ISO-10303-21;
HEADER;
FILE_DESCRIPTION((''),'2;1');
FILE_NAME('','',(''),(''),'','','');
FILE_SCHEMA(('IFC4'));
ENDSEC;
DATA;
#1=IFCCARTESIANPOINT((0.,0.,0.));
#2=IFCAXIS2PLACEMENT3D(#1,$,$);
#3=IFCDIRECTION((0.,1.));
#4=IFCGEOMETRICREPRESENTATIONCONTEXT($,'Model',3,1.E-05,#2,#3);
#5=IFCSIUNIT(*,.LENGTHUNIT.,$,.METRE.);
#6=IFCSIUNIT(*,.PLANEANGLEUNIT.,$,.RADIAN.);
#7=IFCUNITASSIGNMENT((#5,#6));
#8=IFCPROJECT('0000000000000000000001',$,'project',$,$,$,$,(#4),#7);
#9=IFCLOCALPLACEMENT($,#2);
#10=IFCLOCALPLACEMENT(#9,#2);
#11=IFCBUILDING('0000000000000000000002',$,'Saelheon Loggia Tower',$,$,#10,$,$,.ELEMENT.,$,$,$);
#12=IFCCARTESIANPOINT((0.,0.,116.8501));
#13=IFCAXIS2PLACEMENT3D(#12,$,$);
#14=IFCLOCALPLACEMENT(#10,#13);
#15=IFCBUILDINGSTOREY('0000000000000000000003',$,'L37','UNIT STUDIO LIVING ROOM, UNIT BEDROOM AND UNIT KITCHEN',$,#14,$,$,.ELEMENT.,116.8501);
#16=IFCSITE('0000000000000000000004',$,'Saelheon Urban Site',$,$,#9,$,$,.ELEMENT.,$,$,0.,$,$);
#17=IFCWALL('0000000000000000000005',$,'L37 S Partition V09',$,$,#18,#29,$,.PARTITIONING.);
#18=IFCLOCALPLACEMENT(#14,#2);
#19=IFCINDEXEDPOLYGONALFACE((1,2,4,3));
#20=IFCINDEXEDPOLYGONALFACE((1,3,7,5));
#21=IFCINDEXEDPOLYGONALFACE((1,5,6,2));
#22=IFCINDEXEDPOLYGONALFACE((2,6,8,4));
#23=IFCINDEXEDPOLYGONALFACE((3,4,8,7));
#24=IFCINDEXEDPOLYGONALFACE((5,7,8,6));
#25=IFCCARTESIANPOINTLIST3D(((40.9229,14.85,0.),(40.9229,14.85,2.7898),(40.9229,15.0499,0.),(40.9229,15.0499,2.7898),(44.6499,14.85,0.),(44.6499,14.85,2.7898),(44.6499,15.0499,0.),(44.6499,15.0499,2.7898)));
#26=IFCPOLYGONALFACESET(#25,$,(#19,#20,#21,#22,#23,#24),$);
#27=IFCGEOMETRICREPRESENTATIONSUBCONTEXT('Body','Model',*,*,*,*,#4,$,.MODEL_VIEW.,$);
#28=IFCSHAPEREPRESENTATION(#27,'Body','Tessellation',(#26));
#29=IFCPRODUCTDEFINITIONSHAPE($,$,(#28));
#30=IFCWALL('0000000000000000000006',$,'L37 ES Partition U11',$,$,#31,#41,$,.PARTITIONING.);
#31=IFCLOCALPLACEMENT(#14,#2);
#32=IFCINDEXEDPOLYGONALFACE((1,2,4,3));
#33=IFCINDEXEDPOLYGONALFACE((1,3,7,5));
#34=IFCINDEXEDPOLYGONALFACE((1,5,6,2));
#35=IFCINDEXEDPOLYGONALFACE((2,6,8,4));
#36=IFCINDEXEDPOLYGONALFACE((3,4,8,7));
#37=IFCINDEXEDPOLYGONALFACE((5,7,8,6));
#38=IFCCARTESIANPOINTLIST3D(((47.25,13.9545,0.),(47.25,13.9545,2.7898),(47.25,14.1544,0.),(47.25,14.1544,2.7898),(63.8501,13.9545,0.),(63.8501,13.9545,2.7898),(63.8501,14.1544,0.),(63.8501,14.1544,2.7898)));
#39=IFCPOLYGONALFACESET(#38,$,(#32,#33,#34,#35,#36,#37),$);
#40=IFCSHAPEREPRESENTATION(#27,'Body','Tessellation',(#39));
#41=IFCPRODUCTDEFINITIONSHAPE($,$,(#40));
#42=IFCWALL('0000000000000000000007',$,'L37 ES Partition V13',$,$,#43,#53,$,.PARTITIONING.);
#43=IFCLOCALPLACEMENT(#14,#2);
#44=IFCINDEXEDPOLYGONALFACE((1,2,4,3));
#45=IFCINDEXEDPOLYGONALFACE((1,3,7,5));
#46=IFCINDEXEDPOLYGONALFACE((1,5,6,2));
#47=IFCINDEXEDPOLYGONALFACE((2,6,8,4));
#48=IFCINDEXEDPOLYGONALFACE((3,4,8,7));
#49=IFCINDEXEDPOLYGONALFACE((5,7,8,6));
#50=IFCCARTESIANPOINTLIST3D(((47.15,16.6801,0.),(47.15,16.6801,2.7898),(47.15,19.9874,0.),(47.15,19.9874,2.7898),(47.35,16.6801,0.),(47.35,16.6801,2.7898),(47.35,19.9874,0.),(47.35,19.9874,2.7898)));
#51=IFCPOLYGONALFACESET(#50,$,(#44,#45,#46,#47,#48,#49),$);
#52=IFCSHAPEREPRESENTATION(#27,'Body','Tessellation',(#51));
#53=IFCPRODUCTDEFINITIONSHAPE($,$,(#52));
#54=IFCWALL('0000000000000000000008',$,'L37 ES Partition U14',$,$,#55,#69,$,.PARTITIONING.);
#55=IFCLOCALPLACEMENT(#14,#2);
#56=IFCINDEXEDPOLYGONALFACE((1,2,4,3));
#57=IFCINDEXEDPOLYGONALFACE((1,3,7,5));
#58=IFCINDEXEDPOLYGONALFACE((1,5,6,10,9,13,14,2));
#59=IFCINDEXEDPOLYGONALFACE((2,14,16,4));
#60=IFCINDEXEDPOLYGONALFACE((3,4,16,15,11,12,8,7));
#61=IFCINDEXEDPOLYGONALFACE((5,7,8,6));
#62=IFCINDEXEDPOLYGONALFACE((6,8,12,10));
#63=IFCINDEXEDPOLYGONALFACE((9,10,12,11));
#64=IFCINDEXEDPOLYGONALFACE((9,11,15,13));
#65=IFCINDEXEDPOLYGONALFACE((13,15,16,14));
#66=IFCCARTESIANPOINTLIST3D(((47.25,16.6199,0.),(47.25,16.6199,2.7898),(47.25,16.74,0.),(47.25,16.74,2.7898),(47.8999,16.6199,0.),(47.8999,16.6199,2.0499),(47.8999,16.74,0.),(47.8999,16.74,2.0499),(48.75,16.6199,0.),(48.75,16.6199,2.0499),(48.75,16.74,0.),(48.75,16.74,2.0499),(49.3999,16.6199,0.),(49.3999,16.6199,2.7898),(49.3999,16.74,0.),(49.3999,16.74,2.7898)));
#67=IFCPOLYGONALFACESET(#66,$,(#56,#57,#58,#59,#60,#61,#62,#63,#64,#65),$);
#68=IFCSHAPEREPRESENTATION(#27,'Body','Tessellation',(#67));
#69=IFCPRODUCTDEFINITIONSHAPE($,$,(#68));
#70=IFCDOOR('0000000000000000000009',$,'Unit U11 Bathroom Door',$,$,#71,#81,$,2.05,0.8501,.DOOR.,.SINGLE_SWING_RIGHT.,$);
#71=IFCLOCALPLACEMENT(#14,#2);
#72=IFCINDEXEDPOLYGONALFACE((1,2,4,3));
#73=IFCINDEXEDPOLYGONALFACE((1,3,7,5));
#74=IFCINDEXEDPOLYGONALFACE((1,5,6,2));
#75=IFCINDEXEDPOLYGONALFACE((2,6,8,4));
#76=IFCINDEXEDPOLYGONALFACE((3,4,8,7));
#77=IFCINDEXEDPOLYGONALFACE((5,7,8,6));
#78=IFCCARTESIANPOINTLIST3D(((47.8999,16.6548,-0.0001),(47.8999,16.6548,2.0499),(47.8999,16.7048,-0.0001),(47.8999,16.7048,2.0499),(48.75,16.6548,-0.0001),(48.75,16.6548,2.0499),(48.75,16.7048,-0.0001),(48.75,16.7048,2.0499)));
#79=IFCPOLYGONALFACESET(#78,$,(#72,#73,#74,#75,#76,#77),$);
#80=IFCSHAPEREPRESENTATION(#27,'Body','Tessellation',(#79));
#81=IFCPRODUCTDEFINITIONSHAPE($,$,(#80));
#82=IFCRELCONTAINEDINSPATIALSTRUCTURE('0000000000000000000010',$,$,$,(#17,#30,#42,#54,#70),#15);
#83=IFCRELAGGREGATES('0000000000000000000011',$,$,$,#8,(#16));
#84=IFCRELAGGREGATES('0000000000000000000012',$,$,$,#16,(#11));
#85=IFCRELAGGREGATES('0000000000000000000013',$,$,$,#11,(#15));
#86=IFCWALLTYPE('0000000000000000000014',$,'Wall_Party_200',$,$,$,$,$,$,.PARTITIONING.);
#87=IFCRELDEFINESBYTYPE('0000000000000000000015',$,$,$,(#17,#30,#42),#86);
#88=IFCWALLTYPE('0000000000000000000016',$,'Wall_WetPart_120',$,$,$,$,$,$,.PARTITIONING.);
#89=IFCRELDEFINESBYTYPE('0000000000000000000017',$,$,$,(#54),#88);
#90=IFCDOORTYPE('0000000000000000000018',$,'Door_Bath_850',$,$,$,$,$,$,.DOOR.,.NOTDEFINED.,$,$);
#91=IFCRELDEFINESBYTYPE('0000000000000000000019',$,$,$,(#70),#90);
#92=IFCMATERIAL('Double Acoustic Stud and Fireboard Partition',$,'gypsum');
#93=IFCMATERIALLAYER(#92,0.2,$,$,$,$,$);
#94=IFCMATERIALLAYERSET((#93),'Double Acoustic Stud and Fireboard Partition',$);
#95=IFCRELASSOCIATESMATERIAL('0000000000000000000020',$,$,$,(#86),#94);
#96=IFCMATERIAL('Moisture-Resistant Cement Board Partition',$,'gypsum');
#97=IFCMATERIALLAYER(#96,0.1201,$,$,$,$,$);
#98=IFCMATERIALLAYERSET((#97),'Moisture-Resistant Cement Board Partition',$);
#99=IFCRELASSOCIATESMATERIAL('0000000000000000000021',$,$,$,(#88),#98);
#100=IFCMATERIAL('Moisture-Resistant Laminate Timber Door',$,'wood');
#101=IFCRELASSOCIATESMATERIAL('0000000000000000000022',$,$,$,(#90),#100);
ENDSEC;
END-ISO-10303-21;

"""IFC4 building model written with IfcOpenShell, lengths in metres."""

from ifc_helpers import new_model, si_unit, direction, frame, frame_2d, origin, place, context, subcontext, project, spatial, rectangle, extrude, source, transform, mapped, material, layer, layer_set, type_object, element, fill, save


model = new_model("IFC4")

# Units and contexts
model_context = context("Model", 3, precision=1e-05, world=origin(), true_north=direction((0.0, 1.0)))
body_context = subcontext(model_context, "Body", "Model", "MODEL_VIEW")
ifc_project = project(units=[si_unit("LENGTHUNIT", "METRE"), si_unit("PLANEANGLEUNIT", "RADIAN")], contexts=[model_context])

# Site, building, storey
site_placement = place(None, origin())
site = spatial("IfcSite", under=ifc_project, at=site_placement, Name="Saelheon Urban Site", CompositionType="ELEMENT", RefElevation=0.0)
building_placement = place(site_placement, origin())
building = spatial("IfcBuilding", under=site, at=building_placement, Name="Saelheon Loggia Tower", CompositionType="ELEMENT")
storey_placement = place(building_placement, frame((0.0, 0.0, 116.8501)))
storey = spatial("IfcBuildingStorey", under=building, at=storey_placement, Name="L37", Description="UNIT STUDIO LIVING ROOM, UNIT BEDROOM AND UNIT KITCHEN", CompositionType="ELEMENT", Elevation=116.8501)

# Walls
ifc_material_1 = material(Name="Double Acoustic Stud and Fireboard Partition", Category="gypsum")
ifc_layer_1 = layer(ifc_material_1, 0.2)
ifc_layer_set_1 = layer_set([ifc_layer_1], Name="Double Acoustic Stud and Fireboard Partition")
wall_type_1 = type_object("IfcWallType", Name="Wall_Party_200", PredefinedType="PARTITIONING", material=ifc_layer_set_1)
wall_1_placement = place(storey_placement, frame((40.9229, 14.95, 0.0), z_axis=(0.0, 0.0, 1.0), x_axis=(1.0, 0.0, 0.0)))
element("IfcWall", 1, at=wall_1_placement, inside=storey, type_object=wall_type_1, Name="L37 S Partition V09", PredefinedType="PARTITIONING", context=body_context, shape_type="SweptSolid", body=[
    extrude(rectangle(XDim=3.7271, YDim=0.2, at=frame_2d((1.8635, 0.0))), origin(), (0.0, 0.0, 1.0), 2.7898),
])
wall_2_placement = place(storey_placement, frame((47.25, 14.0544, 0.0), z_axis=(0.0, 0.0, 1.0), x_axis=(1.0, 0.0, 0.0)))
element("IfcWall", 2, at=wall_2_placement, inside=storey, type_object=wall_type_1, Name="L37 ES Partition U11", PredefinedType="PARTITIONING", context=body_context, shape_type="SweptSolid", body=[
    extrude(rectangle(XDim=16.6001, YDim=0.2, at=frame_2d((8.3, 0.0))), origin(), (0.0, 0.0, 1.0), 2.7898),
])

# Wall
wall_3_placement = place(storey_placement, frame((47.25, 16.6799, 0.0), z_axis=(0.0, 0.0, 1.0), x_axis=(0.0, 1.0, 0.0)))
element("IfcWall", 3, at=wall_3_placement, inside=storey, type_object=wall_type_1, Name="L37 ES Partition V13", PredefinedType="PARTITIONING", context=body_context, shape_type="SweptSolid", body=[
    extrude(rectangle(XDim=3.3074, YDim=0.2, at=frame_2d((1.6538, 0.0))), origin(), (0.0, 0.0, 1.0), 2.7898),
])

# Wall, opening, door
ifc_material_2 = material(Name="Moisture-Resistant Cement Board Partition", Category="gypsum")
ifc_layer_2 = layer(ifc_material_2, 0.1201)
ifc_layer_set_2 = layer_set([ifc_layer_2], Name="Moisture-Resistant Cement Board Partition")
wall_type_2 = type_object("IfcWallType", Name="Wall_WetPart_120", PredefinedType="PARTITIONING", material=ifc_layer_set_2)
wall_4_placement = place(storey_placement, frame((47.25, 16.6799, 0.0), z_axis=(0.0, 0.0, 1.0), x_axis=(1.0, 0.0, 0.0)))
wall_4 = element("IfcWall", 4, at=wall_4_placement, inside=storey, type_object=wall_type_2, Name="L37 ES Partition U14", PredefinedType="PARTITIONING", context=body_context, shape_type="SweptSolid", body=[
    extrude(rectangle(XDim=2.1499, YDim=0.1201, at=frame_2d((1.075, 0.0))), origin(), (0.0, 0.0, 1.0), 2.7898),
])
opening_1_placement = place(wall_4_placement, frame((0.6499, 0.0, 0.0)))
opening_1 = element("IfcOpeningElement", 5, at=opening_1_placement, cuts=wall_4, PredefinedType="OPENING", context=body_context, shape_type="SweptSolid", body=[
    extrude(rectangle(XDim=0.8501, YDim=2.05, at=frame_2d((0.425, 1.0249))), frame((0.0, 0.072, 0.0), z_axis=(0.0, -1.0, 0.0), x_axis=(1.0, 0.0, 0.0)), (0.0, 0.0, 1.0), 0.144),
])
ifc_material_3 = material(Name="Moisture-Resistant Laminate Timber Door", Category="wood")
door_type_1 = type_object("IfcDoorType", Name="Door_Bath_850", OperationType="NOTDEFINED", PredefinedType="DOOR", material=ifc_material_3)
shared_shape_1 = source(origin(), body_context, "Body", "SweptSolid", [
    extrude(rectangle(XDim=0.8501, YDim=2.05, at=frame_2d((0.425, 1.0249))), frame((0.0, 0.0249, 0.0), z_axis=(0.0, -1.0, 0.0), x_axis=(1.0, 0.0, 0.0)), (0.0, 0.0, 1.0), 0.05),
])
door_1_placement = place(opening_1_placement, origin())
door_1 = element("IfcDoor", 6, at=door_1_placement, inside=storey, type_object=door_type_1, Name="Unit U11 Bathroom Door", OperationType="SINGLE_SWING_RIGHT", OverallHeight=2.05, OverallWidth=0.8501, PredefinedType="DOOR", context=body_context, shape_type="MappedRepresentation", body=[
    mapped(shared_shape_1, transform((0.0, 0.0, 0.0), scale=1.0)),
])
fill(opening_1, door_1)

save(model, "model.ifc")
